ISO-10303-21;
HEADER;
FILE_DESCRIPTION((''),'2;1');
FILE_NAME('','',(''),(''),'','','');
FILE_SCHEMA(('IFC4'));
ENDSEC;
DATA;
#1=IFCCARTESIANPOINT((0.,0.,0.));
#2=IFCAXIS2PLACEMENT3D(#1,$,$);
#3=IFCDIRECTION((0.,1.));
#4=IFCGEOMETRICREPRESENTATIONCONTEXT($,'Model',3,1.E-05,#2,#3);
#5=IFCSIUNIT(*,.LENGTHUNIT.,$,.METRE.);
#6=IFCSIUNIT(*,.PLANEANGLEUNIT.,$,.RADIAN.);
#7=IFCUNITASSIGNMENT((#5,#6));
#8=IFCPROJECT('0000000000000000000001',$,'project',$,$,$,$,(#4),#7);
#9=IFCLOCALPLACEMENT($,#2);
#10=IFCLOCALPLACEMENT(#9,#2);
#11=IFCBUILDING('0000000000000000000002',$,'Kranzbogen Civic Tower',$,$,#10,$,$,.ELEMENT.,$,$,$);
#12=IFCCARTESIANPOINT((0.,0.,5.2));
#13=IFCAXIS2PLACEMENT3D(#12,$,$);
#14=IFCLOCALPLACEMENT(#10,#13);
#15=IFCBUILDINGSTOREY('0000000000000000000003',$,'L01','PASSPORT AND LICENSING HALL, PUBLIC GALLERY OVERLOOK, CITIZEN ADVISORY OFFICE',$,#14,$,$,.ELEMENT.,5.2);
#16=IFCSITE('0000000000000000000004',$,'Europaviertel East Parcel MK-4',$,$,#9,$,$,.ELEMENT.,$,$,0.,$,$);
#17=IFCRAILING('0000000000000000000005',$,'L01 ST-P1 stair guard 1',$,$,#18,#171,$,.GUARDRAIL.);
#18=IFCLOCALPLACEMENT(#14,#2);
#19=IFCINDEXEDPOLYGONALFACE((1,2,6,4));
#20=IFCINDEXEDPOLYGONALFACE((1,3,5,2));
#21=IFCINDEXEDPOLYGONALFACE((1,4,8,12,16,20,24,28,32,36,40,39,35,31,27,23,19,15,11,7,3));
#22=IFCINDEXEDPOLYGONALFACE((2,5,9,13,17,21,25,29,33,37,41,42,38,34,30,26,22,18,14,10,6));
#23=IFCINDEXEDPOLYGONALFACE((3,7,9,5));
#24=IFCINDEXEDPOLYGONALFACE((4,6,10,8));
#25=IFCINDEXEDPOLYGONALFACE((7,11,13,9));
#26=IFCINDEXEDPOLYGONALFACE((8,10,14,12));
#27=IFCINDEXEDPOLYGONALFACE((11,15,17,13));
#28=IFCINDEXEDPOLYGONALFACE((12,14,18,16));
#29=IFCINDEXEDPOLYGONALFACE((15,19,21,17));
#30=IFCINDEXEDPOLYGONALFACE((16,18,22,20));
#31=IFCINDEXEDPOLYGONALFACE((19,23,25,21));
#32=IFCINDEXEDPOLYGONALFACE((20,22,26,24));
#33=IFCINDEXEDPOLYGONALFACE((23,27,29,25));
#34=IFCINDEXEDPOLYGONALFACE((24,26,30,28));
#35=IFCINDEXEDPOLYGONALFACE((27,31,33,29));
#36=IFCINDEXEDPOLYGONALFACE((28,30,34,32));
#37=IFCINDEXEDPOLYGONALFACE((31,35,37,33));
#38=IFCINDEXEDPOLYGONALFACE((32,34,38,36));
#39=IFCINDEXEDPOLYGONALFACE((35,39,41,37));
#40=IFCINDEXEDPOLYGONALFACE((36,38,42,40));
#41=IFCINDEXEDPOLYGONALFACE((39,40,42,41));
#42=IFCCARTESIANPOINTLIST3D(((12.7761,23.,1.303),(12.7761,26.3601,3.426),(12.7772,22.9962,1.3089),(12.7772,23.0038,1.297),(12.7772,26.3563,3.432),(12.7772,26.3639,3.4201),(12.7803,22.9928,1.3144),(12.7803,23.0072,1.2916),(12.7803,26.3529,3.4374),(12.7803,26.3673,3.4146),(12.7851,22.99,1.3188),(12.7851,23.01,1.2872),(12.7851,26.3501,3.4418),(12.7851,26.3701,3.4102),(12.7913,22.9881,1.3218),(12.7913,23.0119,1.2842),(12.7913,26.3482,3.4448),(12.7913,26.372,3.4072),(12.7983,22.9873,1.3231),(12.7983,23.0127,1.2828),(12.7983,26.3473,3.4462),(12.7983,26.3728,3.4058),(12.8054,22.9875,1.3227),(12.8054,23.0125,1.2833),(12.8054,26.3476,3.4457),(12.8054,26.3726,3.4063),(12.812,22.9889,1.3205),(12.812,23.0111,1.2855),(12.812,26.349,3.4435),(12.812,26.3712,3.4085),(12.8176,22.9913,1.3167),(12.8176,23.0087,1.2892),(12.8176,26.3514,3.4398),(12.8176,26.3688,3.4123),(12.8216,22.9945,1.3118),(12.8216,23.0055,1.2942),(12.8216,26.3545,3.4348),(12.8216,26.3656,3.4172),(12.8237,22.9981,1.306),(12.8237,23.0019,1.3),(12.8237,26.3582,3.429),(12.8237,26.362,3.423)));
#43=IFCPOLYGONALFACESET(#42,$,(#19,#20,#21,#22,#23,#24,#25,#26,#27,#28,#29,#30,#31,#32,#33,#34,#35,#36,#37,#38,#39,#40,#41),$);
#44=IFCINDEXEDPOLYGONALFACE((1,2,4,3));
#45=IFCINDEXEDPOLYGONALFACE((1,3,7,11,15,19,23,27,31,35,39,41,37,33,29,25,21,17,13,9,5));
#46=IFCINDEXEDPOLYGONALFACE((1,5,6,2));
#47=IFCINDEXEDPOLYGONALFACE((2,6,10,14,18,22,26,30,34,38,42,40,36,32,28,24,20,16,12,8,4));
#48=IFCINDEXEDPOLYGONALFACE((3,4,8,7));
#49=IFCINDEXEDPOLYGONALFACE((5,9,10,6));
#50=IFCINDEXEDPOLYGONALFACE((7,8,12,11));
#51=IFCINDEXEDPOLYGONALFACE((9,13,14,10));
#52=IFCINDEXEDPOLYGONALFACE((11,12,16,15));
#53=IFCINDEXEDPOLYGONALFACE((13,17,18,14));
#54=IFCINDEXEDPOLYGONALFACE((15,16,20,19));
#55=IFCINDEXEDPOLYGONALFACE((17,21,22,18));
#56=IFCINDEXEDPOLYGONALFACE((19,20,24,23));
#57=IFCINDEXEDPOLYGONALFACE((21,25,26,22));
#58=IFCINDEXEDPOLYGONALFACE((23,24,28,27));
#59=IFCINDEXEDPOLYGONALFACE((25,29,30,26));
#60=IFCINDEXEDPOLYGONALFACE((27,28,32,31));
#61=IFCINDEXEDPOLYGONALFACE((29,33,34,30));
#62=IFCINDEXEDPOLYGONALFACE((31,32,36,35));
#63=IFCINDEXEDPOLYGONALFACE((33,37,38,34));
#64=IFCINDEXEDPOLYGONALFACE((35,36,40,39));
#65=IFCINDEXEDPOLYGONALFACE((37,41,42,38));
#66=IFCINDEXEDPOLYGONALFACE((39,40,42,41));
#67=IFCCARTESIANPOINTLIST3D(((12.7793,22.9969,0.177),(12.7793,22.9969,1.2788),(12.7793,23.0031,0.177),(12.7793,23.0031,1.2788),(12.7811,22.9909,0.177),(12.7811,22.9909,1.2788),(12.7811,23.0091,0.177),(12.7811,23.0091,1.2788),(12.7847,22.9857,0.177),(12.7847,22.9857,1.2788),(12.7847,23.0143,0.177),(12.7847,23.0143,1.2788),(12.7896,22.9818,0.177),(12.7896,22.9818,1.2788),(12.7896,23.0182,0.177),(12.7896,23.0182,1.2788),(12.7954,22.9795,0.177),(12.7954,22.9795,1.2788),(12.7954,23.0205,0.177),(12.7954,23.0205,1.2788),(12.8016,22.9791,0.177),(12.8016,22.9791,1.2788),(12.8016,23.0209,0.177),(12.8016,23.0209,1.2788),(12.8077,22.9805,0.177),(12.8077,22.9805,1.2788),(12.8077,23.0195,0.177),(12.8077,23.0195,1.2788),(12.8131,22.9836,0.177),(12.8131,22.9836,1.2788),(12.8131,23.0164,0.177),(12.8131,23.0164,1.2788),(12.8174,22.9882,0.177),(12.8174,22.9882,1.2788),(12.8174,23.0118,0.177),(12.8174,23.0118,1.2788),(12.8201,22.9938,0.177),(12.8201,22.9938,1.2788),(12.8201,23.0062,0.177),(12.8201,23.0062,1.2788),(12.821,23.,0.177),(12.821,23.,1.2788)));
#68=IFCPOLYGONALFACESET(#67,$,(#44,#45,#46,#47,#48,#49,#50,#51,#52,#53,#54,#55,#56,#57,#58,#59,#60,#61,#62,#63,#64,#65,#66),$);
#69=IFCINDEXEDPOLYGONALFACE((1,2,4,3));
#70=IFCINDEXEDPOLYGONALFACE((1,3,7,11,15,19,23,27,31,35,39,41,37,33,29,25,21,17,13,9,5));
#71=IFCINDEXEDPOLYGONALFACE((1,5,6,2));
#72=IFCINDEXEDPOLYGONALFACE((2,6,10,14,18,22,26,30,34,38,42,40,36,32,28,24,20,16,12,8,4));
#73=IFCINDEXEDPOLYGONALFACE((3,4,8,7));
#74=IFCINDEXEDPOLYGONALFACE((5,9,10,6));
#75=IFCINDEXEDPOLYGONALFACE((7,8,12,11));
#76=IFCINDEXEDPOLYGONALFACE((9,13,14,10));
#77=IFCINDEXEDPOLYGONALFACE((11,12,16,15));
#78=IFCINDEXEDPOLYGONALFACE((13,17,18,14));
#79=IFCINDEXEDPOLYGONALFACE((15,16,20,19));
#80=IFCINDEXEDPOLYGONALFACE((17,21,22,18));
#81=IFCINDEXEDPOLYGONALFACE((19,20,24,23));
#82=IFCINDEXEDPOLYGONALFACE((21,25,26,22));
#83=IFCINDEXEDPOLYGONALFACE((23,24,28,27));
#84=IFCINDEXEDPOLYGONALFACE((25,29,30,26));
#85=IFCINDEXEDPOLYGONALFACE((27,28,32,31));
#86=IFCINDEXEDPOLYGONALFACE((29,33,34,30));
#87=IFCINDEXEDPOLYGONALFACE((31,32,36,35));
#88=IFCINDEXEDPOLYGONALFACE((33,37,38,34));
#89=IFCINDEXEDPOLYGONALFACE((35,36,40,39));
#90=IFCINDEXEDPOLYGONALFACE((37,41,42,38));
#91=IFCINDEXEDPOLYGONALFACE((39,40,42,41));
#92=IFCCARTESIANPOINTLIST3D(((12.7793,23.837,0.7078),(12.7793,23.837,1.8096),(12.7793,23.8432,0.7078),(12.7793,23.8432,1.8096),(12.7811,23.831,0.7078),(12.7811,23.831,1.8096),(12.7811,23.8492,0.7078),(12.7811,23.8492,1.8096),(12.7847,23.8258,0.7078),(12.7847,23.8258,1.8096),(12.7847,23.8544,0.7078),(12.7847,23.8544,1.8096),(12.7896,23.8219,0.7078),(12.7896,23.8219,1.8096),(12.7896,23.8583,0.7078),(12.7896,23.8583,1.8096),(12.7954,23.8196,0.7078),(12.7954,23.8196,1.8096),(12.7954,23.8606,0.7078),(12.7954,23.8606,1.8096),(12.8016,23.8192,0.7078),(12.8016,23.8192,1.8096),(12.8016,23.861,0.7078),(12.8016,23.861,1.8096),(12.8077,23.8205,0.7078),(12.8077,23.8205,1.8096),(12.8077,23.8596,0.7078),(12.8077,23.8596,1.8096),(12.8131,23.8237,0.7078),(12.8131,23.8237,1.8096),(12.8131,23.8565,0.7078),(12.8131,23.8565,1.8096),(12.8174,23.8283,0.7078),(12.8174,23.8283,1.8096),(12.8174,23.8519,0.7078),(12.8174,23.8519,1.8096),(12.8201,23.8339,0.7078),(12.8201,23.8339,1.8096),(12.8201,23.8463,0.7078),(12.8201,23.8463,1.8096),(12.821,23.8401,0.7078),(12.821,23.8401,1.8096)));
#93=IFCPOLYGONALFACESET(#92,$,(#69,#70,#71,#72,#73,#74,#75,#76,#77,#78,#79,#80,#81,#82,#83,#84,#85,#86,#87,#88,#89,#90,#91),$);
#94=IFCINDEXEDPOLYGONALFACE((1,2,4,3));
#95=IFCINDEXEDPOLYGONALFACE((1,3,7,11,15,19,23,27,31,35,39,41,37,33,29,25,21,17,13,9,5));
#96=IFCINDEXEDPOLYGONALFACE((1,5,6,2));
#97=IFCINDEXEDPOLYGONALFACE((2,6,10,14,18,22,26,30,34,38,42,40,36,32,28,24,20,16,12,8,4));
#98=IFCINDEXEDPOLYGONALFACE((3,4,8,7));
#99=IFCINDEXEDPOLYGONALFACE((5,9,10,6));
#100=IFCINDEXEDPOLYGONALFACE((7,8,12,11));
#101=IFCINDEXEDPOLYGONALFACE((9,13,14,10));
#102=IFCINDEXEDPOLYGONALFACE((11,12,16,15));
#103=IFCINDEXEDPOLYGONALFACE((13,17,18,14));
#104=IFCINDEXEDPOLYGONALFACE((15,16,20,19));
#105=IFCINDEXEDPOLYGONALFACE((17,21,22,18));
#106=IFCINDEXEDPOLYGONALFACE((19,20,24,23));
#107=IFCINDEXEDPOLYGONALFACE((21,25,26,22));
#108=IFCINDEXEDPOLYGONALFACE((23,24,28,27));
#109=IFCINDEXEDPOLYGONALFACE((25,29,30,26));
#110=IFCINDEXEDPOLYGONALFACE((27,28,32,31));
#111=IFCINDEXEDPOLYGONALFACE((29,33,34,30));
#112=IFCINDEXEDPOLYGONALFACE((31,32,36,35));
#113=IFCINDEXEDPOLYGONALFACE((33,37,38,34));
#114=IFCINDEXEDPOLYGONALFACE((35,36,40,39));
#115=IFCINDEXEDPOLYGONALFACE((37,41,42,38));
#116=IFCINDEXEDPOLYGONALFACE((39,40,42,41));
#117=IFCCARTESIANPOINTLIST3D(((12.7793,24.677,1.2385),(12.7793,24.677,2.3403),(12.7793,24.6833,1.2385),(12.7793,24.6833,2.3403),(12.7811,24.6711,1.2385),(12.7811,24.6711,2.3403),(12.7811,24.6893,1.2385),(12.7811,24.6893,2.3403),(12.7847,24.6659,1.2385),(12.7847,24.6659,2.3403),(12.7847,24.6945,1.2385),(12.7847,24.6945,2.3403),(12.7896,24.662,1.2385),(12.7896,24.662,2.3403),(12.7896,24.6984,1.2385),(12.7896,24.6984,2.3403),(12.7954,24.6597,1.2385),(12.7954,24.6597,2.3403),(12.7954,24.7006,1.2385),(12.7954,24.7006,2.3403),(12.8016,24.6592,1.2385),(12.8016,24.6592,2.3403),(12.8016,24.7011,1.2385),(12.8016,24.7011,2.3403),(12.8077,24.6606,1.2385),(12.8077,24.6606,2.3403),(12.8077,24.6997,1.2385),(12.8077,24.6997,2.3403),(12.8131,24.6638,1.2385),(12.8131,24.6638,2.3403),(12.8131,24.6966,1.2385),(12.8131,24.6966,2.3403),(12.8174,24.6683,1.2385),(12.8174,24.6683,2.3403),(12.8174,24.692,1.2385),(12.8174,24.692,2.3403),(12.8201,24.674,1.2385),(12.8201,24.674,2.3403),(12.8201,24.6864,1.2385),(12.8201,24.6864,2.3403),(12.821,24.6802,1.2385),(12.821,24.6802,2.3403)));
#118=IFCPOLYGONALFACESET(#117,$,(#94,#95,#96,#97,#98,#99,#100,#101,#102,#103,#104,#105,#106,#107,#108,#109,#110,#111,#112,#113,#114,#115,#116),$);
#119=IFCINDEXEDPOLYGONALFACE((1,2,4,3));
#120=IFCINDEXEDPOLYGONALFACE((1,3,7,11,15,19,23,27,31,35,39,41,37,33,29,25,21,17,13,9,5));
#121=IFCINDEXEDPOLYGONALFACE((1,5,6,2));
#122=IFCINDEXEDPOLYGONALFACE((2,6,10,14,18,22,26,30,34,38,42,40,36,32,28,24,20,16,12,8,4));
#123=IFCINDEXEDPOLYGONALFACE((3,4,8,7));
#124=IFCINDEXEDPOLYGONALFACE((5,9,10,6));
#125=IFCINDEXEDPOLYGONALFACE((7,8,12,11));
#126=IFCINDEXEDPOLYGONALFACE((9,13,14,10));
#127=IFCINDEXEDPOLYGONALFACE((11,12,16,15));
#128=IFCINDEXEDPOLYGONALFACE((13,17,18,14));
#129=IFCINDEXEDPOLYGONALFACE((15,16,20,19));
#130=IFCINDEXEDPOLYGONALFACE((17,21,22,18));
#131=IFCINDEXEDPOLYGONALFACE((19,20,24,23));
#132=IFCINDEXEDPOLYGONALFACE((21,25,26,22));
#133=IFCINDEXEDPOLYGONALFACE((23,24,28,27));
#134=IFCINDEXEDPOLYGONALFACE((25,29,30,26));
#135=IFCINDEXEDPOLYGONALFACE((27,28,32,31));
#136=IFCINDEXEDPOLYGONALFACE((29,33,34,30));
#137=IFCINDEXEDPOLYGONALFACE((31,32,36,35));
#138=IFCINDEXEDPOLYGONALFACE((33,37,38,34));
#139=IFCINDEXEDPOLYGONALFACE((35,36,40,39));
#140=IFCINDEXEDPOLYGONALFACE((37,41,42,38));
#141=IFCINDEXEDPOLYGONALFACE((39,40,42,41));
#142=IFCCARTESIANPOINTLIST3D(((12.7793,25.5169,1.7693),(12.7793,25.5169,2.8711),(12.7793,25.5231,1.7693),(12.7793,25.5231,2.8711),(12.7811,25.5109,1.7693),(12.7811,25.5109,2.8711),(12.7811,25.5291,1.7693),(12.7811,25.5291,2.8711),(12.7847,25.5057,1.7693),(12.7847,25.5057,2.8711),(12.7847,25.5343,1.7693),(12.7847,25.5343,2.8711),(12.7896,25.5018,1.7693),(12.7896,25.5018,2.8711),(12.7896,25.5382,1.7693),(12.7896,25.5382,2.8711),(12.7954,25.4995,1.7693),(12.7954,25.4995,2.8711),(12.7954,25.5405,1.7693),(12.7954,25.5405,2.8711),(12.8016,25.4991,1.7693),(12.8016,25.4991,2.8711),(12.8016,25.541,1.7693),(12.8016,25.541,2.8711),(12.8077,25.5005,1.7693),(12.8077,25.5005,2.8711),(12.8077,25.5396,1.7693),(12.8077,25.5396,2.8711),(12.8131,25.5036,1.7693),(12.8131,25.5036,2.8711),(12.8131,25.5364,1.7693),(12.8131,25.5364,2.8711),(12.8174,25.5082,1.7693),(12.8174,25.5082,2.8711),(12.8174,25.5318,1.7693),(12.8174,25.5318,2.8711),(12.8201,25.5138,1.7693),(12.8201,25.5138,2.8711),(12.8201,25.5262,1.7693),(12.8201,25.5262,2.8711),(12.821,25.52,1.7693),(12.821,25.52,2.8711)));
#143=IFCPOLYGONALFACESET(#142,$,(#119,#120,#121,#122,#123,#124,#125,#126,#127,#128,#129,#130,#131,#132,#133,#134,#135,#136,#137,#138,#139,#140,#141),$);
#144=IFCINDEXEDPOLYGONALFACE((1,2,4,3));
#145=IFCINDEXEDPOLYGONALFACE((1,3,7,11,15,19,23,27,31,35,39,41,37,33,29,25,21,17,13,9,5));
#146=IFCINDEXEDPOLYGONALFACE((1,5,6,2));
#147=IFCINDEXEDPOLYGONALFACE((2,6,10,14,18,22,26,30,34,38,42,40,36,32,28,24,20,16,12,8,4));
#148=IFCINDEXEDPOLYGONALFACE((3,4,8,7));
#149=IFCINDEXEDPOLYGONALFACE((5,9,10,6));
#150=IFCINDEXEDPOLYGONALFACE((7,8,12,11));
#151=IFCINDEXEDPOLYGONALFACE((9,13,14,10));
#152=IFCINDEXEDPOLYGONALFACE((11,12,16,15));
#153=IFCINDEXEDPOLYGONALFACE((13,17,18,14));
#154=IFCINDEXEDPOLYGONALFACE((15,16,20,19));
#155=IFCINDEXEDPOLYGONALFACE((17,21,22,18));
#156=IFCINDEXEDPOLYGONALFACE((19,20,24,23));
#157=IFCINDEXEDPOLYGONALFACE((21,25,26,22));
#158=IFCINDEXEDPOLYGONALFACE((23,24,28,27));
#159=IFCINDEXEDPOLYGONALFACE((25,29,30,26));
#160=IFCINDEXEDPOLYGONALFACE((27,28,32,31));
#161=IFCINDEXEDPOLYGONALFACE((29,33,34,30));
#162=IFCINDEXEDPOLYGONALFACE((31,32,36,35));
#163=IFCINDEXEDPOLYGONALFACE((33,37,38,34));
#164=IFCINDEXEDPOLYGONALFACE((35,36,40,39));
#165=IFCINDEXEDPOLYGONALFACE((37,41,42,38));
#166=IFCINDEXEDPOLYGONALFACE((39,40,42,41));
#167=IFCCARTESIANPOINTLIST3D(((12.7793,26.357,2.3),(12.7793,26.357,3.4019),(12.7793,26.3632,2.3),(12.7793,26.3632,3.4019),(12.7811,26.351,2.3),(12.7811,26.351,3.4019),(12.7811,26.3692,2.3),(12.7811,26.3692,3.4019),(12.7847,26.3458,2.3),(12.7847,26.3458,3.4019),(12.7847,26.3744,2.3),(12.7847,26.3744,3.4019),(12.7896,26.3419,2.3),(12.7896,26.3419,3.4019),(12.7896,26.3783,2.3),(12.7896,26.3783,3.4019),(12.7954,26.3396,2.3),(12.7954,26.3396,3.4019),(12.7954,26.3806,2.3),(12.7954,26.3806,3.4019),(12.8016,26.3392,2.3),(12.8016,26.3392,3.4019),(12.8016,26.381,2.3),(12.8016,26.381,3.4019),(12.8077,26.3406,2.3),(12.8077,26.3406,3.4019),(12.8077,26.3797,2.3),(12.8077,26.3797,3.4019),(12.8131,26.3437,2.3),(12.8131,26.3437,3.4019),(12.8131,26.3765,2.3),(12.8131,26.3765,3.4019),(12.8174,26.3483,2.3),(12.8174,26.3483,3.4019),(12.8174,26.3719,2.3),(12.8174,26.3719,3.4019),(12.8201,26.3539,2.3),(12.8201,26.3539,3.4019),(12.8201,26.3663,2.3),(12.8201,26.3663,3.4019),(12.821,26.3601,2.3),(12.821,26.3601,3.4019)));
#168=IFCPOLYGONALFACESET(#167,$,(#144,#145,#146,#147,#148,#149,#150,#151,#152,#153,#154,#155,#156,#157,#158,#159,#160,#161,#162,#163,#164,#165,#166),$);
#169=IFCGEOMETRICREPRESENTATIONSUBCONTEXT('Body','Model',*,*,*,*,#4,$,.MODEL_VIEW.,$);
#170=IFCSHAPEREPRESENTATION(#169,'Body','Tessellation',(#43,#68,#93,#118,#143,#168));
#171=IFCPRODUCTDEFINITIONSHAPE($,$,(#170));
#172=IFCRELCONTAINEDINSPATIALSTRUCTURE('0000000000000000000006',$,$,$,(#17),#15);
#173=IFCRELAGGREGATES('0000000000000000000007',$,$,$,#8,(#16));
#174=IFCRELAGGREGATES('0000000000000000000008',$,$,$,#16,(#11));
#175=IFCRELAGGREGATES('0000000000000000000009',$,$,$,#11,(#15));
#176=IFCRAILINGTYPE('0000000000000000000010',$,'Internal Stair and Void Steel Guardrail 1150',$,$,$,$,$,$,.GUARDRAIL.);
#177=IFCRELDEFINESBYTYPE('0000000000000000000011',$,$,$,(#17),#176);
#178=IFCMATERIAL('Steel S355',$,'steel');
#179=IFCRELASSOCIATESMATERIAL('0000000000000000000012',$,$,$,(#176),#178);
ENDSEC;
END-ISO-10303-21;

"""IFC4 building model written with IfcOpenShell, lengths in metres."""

from ifc_helpers import new_model, si_unit, direction, frame, origin, origin_2d, place, context, subcontext, project, spatial, circle, extrude, material, type_object, element, save


model = new_model("IFC4")

# Units and contexts
model_context = context("Model", 3, precision=1e-05, world=origin(), true_north=direction((0.0, 1.0)))
body_context = subcontext(model_context, "Body", "Model", "MODEL_VIEW")
ifc_project = project(units=[si_unit("LENGTHUNIT", "METRE"), si_unit("PLANEANGLEUNIT", "RADIAN")], contexts=[model_context])

# Site, building, storey
site_placement = place(None, origin())
site = spatial("IfcSite", under=ifc_project, at=site_placement, Name="Europaviertel East Parcel MK-4", CompositionType="ELEMENT", RefElevation=0.0)
building_placement = place(site_placement, origin())
building = spatial("IfcBuilding", under=site, at=building_placement, Name="Kranzbogen Civic Tower", CompositionType="ELEMENT")
storey_placement = place(building_placement, frame((0.0, 0.0, 5.2)))
storey = spatial("IfcBuildingStorey", under=building, at=storey_placement, Name="L01", Description="PASSPORT AND LICENSING HALL, PUBLIC GALLERY OVERLOOK, CITIZEN ADVISORY OFFICE", CompositionType="ELEMENT", Elevation=5.2)

# Shared definitions
ifc_material_1 = material(Name="Steel S355", Category="steel")

# Railing
railing_type_1 = type_object("IfcRailingType", Name="Internal Stair and Void Steel Guardrail 1150", PredefinedType="GUARDRAIL", material=ifc_material_1)
railing_1_placement = place(storey_placement, frame((12.8, 23.0, 0.177)))
element("IfcRailing", 1, at=railing_1_placement, inside=storey, type_object=railing_type_1, Name="L01 ST-P1 stair guard 1", PredefinedType="GUARDRAIL", context=body_context, shape_type="SweptSolid", body=[
    extrude(circle(Radius=0.0239, at=origin_2d()), frame((0.0, 0.0, 1.126), z_axis=(0.0, 0.84539, 0.53415), x_axis=(-1.0, 0.0, 0.0)), (0.0, 0.0, 1.0), 3.9746),
    extrude(circle(Radius=0.021, at=origin_2d()), origin(), (0.0, 0.0, 1.0), 1.1018),
    extrude(circle(Radius=0.021, at=origin_2d()), frame((0.0, 0.8401, 0.5308)), (0.0, 0.0, 1.0), 1.1018),
    extrude(circle(Radius=0.021, at=origin_2d()), frame((0.0, 1.6802, 1.0615)), (0.0, 0.0, 1.0), 1.1018),
    extrude(circle(Radius=0.021, at=origin_2d()), frame((0.0, 2.52, 1.5923)), (0.0, 0.0, 1.0), 1.1018),
    extrude(circle(Radius=0.021, at=origin_2d()), frame((0.0, 3.3601, 2.123)), (0.0, 0.0, 1.0), 1.1018),
])

save(model, "model.ifc")
